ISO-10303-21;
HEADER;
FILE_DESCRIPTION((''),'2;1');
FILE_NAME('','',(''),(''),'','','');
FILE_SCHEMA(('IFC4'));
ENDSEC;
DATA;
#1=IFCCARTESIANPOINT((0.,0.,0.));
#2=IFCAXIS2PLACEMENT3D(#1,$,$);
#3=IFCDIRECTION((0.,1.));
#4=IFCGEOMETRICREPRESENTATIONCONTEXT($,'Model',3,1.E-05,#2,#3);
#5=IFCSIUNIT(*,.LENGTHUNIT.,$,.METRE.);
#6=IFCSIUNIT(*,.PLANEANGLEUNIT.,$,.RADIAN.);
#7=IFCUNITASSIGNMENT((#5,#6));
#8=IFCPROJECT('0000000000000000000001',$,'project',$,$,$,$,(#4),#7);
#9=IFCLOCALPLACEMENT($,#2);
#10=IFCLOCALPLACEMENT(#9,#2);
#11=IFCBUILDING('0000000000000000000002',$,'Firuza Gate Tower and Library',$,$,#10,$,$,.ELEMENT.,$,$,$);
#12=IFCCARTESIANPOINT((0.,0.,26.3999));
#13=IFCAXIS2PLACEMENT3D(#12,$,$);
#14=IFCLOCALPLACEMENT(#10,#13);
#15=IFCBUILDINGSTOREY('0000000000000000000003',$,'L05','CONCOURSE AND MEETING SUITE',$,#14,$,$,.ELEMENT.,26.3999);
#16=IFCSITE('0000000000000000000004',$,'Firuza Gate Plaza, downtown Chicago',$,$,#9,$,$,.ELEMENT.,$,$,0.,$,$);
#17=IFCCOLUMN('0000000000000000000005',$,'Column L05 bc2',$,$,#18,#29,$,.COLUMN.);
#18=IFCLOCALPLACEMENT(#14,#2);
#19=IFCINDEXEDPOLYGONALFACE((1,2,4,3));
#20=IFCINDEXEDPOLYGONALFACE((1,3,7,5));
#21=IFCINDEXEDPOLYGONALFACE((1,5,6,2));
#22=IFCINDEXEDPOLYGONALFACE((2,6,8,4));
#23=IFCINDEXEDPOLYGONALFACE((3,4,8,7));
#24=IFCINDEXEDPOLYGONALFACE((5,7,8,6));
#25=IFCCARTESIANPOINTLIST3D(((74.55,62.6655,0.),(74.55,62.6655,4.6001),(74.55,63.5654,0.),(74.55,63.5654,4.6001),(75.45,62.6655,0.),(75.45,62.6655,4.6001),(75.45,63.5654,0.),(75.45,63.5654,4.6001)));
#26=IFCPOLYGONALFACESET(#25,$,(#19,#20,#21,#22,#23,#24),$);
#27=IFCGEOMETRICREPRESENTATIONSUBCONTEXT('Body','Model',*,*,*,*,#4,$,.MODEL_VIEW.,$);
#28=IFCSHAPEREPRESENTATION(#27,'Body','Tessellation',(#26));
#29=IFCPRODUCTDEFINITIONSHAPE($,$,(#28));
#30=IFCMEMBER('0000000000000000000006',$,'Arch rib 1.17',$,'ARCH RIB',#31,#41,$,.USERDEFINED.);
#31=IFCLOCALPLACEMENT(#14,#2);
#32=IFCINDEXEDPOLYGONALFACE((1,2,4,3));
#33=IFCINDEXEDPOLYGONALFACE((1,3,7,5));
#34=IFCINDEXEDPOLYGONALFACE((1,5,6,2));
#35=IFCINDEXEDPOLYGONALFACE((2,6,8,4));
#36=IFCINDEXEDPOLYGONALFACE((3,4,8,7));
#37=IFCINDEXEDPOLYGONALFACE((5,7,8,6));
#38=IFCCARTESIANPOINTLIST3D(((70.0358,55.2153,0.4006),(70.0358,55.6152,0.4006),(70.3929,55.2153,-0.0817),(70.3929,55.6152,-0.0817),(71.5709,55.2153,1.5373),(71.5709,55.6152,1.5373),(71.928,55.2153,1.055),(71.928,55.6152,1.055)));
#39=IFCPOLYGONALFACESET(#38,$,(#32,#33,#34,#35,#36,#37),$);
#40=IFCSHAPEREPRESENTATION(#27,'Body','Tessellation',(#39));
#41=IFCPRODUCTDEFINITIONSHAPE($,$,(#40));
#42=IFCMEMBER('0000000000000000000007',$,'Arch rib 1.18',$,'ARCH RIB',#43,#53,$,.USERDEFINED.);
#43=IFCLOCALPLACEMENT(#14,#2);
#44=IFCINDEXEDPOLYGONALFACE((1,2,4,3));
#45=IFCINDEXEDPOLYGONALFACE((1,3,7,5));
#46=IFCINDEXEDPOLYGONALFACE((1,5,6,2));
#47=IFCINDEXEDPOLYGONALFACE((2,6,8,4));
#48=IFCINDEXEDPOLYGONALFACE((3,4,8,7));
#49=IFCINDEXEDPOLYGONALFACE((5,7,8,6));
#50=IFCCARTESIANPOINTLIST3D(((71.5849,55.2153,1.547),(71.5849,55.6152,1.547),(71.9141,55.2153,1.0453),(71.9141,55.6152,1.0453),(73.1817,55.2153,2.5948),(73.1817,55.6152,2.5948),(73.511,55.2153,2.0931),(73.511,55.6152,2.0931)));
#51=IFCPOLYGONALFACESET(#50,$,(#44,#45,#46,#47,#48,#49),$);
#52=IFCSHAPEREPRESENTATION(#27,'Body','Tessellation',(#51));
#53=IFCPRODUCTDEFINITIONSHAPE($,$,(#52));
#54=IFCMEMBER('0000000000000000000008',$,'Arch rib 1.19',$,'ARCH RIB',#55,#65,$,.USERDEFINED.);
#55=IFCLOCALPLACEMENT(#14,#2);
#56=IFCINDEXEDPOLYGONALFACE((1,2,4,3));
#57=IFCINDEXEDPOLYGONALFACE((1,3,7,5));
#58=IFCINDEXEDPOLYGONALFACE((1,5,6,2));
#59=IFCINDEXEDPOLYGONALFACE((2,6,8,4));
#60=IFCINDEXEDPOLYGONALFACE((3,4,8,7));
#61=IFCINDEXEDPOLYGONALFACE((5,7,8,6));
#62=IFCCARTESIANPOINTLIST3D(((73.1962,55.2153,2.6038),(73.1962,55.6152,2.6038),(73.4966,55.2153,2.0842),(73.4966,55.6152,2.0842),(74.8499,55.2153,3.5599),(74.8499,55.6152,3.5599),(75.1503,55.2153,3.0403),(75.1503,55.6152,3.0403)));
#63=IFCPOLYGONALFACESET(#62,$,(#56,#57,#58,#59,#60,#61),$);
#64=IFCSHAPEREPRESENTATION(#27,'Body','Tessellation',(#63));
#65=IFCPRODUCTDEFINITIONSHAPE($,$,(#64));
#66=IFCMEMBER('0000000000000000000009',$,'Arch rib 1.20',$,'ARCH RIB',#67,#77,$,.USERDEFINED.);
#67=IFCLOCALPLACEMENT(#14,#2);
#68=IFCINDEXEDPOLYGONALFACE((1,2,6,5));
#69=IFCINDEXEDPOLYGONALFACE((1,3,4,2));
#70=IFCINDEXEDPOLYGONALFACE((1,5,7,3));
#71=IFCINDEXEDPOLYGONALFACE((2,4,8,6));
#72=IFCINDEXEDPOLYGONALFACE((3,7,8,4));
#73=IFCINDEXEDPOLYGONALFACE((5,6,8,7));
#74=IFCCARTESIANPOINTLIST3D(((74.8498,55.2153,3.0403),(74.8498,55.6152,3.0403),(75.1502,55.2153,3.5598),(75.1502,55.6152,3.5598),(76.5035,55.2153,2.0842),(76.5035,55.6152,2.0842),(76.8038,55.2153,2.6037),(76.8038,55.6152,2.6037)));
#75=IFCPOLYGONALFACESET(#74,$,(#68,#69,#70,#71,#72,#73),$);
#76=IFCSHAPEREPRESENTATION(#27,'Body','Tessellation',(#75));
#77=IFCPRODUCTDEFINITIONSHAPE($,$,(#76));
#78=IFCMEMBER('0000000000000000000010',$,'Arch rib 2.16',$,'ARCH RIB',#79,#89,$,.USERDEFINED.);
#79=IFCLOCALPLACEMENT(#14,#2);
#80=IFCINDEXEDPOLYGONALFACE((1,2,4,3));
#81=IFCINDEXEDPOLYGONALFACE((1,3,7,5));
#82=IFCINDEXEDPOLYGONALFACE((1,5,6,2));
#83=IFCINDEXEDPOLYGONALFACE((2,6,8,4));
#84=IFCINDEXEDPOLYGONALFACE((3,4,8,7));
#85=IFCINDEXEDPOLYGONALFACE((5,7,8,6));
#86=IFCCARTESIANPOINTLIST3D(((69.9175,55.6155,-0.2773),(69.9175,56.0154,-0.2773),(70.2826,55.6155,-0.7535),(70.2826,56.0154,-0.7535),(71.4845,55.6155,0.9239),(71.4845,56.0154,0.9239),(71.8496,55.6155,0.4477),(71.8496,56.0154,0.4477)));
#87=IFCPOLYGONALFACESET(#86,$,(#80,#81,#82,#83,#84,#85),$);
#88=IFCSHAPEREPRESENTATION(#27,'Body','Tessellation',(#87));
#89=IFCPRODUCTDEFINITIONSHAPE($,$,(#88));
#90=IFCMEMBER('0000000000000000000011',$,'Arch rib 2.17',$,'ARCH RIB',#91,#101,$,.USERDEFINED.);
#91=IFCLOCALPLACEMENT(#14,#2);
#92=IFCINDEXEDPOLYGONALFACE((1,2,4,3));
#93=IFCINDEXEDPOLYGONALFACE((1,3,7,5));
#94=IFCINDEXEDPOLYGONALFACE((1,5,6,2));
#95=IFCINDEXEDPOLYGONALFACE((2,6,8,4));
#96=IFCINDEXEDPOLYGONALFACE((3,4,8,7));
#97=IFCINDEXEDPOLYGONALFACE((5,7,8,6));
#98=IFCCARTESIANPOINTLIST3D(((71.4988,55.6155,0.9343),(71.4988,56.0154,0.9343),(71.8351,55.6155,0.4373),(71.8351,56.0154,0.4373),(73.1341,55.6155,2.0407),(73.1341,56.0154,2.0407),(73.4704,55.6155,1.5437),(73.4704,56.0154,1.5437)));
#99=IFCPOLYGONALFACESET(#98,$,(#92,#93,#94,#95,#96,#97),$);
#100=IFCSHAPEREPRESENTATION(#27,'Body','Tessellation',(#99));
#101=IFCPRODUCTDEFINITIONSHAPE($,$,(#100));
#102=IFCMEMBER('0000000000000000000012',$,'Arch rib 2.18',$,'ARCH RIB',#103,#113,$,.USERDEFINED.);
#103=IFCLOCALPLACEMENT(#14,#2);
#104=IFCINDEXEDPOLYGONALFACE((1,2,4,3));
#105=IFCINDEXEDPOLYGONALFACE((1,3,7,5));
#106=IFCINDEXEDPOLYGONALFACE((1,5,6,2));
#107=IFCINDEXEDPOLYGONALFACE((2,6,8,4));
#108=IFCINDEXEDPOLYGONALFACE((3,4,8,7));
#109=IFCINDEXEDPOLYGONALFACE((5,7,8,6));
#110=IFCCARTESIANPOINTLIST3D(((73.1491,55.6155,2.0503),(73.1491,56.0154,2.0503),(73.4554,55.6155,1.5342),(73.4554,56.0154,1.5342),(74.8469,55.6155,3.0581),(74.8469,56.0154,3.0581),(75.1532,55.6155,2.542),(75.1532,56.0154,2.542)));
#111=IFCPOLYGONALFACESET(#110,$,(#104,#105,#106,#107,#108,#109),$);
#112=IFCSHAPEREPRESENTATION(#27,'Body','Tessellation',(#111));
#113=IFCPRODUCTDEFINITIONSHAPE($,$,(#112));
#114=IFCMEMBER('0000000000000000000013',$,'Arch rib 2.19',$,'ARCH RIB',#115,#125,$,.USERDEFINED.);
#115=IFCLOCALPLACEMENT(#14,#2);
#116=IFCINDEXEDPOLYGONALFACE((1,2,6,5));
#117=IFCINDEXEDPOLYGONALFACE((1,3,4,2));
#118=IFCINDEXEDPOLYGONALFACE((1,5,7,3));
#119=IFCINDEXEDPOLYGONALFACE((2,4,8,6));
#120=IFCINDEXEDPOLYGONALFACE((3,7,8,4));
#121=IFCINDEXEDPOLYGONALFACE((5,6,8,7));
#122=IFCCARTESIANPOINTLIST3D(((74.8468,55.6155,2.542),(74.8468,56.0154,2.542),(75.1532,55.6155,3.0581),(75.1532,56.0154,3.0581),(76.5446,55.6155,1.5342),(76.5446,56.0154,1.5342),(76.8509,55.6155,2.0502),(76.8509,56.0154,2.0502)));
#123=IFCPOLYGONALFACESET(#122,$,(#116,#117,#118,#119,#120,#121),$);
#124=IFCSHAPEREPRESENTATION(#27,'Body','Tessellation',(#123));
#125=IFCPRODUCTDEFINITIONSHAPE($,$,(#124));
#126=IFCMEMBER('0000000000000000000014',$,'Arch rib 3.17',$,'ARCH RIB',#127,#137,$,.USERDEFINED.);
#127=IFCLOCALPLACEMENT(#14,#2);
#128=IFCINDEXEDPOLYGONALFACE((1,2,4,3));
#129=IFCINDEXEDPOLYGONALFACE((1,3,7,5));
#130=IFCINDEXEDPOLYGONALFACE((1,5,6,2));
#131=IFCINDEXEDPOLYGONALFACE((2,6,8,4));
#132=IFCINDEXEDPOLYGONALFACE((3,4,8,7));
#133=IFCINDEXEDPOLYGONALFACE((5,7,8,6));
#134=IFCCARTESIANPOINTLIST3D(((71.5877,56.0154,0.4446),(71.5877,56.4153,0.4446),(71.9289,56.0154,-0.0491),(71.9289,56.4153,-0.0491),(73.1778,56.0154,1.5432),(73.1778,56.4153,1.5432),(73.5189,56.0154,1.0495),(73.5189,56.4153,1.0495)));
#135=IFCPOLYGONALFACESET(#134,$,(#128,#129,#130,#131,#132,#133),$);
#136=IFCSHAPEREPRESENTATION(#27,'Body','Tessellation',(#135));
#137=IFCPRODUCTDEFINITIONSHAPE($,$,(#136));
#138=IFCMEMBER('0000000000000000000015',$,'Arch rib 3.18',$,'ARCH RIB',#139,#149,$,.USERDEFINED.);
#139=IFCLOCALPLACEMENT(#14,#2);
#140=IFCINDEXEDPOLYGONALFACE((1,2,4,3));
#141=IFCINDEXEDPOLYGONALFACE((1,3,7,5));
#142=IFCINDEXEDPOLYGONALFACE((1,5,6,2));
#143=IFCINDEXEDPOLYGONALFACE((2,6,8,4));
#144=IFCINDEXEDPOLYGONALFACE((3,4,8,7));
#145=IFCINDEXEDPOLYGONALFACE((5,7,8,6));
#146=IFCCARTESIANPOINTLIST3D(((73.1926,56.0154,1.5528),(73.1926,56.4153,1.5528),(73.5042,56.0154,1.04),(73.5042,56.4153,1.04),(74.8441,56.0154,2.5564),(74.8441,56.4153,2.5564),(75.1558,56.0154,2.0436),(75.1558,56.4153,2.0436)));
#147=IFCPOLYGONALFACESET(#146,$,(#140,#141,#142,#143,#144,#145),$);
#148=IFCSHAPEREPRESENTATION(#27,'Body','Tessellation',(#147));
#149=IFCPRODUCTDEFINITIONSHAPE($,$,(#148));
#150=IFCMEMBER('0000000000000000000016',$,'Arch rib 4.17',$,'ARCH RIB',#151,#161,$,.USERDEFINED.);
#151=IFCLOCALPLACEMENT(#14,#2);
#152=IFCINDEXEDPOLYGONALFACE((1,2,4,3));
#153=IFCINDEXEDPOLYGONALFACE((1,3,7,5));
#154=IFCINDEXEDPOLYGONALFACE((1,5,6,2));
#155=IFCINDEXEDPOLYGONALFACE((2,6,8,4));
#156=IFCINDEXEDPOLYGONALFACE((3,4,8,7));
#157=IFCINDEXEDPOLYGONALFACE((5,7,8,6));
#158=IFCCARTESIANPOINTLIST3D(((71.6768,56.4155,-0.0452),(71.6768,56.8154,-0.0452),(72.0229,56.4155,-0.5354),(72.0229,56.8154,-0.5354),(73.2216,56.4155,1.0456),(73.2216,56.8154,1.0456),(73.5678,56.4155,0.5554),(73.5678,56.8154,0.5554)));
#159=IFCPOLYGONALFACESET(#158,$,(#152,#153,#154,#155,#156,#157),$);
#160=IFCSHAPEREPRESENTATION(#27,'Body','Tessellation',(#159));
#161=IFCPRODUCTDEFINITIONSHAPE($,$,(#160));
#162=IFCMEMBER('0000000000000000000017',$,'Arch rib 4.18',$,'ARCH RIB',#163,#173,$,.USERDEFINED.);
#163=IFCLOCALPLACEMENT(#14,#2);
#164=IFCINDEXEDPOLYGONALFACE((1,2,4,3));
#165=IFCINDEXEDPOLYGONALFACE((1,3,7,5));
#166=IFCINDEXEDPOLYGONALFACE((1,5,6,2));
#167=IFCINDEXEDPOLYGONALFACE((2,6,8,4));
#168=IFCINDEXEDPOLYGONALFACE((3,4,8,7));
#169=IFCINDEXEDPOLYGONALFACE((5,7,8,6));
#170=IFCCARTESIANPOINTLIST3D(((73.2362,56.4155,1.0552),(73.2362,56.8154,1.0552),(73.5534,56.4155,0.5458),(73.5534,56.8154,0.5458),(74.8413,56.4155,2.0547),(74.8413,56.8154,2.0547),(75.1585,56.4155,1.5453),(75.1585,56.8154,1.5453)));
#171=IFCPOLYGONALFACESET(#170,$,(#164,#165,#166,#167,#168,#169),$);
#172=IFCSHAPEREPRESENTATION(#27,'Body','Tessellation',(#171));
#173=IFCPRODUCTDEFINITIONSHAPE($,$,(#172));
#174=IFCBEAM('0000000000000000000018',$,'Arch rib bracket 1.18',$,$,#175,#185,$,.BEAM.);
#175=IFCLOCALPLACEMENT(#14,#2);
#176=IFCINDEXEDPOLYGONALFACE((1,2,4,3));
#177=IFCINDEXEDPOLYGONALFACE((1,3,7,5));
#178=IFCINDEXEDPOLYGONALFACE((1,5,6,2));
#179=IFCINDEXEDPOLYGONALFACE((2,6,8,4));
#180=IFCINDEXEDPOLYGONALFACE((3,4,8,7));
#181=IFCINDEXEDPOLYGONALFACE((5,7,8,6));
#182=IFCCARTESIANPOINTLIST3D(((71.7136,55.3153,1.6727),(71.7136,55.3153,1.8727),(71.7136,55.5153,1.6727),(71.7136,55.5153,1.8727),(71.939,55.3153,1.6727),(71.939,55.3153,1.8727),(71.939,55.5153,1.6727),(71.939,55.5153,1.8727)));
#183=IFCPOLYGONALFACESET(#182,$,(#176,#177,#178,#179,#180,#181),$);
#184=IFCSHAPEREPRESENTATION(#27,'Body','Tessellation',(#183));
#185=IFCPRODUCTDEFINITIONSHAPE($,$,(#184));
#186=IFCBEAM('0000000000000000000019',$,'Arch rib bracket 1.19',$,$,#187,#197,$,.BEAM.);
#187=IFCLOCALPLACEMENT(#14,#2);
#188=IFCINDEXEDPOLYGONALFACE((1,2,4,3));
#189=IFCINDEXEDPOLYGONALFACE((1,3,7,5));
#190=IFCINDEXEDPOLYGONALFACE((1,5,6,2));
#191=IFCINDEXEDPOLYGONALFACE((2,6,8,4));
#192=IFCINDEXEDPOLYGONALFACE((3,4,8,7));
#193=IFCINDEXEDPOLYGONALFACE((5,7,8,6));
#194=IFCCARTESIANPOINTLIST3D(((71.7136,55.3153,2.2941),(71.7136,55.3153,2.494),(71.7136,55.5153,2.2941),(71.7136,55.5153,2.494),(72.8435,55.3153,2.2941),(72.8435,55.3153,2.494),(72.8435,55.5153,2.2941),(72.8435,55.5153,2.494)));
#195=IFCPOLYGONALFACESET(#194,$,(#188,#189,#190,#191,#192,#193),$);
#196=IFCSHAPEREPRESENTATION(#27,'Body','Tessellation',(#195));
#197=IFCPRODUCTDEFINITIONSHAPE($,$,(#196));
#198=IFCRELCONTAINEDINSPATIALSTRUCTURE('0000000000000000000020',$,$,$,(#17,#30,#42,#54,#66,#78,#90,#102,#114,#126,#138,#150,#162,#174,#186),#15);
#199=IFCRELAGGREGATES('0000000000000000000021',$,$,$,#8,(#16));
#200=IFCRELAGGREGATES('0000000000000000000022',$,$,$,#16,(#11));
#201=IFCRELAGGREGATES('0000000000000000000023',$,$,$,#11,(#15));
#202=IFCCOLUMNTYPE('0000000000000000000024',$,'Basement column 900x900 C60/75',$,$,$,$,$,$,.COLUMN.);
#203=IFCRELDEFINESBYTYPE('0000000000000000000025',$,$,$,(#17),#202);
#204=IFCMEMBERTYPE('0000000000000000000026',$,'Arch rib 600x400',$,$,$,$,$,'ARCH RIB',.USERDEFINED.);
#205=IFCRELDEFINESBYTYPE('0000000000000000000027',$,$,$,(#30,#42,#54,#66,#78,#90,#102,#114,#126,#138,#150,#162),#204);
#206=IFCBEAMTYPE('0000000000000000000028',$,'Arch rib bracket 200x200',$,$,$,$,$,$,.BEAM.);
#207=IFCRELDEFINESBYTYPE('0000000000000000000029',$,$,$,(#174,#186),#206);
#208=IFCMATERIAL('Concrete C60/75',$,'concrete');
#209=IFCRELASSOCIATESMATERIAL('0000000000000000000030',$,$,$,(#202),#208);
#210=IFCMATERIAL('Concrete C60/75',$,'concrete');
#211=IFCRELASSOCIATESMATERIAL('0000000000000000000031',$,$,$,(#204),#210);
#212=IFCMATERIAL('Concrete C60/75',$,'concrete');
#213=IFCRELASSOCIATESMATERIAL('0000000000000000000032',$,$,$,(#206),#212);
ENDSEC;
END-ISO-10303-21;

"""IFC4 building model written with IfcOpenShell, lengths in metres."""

from ifc_helpers import new_model, si_unit, direction, frame, origin, origin_2d, place, context, subcontext, project, spatial, rectangle, extrude, material, material_profile, profile_set, type_object, element, save


model = new_model("IFC4")

# Units and contexts
model_context = context("Model", 3, precision=1e-05, world=origin(), true_north=direction((0.0, 1.0)))
body_context = subcontext(model_context, "Body", "Model", "MODEL_VIEW")
ifc_project = project(units=[si_unit("LENGTHUNIT", "METRE"), si_unit("PLANEANGLEUNIT", "RADIAN")], contexts=[model_context])

# Site, building, storey
site_placement = place(None, origin())
site = spatial("IfcSite", under=ifc_project, at=site_placement, Name="Firuza Gate Plaza, downtown Chicago", CompositionType="ELEMENT", RefElevation=0.0)
building_placement = place(site_placement, origin())
building = spatial("IfcBuilding", under=site, at=building_placement, Name="Firuza Gate Tower and Library", CompositionType="ELEMENT")
storey_placement = place(building_placement, frame((0.0, 0.0, 26.3999)))
storey = spatial("IfcBuildingStorey", under=building, at=storey_placement, Name="L05", Description="CONCOURSE AND MEETING SUITE", CompositionType="ELEMENT", Elevation=26.3999)

# Column
ifc_material_1 = material(Name="Concrete C60/75", Category="concrete")
ifc_material_profile_1 = material_profile(ifc_material_1, rectangle(XDim=0.8999, YDim=0.8999, at=origin_2d()))
ifc_profile_set_1 = profile_set([ifc_material_profile_1], Name="Concrete C60/75")
column_type = type_object("IfcColumnType", Name="Basement column 900x900 C60/75", PredefinedType="COLUMN", material=ifc_profile_set_1)
column_placement = place(storey_placement, frame((75.0, 63.1155, 0.0), z_axis=(0.0, 0.0, 1.0), x_axis=(1.0, 0.0, 0.0)))
element("IfcColumn", 1, at=column_placement, inside=storey, type_object=column_type, Name="Column L05 bc2", PredefinedType="COLUMN", context=body_context, shape_type="SweptSolid", body=[
    extrude(rectangle(XDim=0.8999, YDim=0.8999, at=origin_2d()), origin(), (0.0, 0.0, 1.0), 4.6001),
])

# Members
ifc_material_2 = material(Name="Concrete C60/75", Category="concrete")
ifc_material_profile_2 = material_profile(ifc_material_2, rectangle(XDim=0.3999, YDim=0.6001, at=origin_2d()))
ifc_profile_set_2 = profile_set([ifc_material_profile_2], Name="Concrete C60/75")
member_type_1 = type_object("IfcMemberType", Name="Arch rib 600x400", ElementType="ARCH RIB", PredefinedType="USERDEFINED", material=ifc_profile_set_2)
member_1_placement = place(storey_placement, frame((70.2144, 55.4153, 0.1594), z_axis=(0.803666, 0.0, 0.595081), x_axis=(0.0, 1.0, 0.0)))
element("IfcMember", 2, at=member_1_placement, inside=storey, type_object=member_type_1, Name="Arch rib 1.17", ObjectType="ARCH RIB", PredefinedType="USERDEFINED", context=body_context, shape_type="SweptSolid", body=[
    extrude(rectangle(XDim=0.3999, YDim=0.6001, at=origin_2d()), origin(), (0.0, 0.0, 1.0), 1.9102),
])
member_2_placement = place(storey_placement, frame((71.7495, 55.4153, 1.2961), z_axis=(0.836079, 0.0, 0.548609), x_axis=(0.0, 1.0, 0.0)))
element("IfcMember", 3, at=member_2_placement, inside=storey, type_object=member_type_1, Name="Arch rib 1.18", ObjectType="ARCH RIB", PredefinedType="USERDEFINED", context=body_context, shape_type="SweptSolid", body=[
    extrude(rectangle(XDim=0.3999, YDim=0.6001, at=origin_2d()), origin(), (0.0, 0.0, 1.0), 1.9099),
])
for number, where, z_axis, x_axis, name in (
    (4, (73.3464, 55.4153, 2.344), (0.865715, 0.0, 0.500537), (0.0, 1.0, 0.0), "Arch rib 1.19"),
    (5, (75.0, 55.4153, 3.3), (0.865715, 0.0, -0.500537), (0.0, 1.0, 0.0), "Arch rib 1.20"),
):
    element("IfcMember", number, at=place(storey_placement, frame(where, z_axis=z_axis, x_axis=x_axis)), inside=storey, type_object=member_type_1, Name=name, ObjectType="ARCH RIB", PredefinedType="USERDEFINED", context=body_context, shape_type="SweptSolid", body=[
        extrude(rectangle(XDim=0.3999, YDim=0.6001, at=origin_2d()), origin(), (0.0, 0.0, 1.0), 1.9102),
    ])
for number, where, z_axis, x_axis, name in (
    (6, (70.1001, 55.8154, -0.5154), (0.793634, 0.0, 0.608395), (0.0, 1.0, 0.0), "Arch rib 2.16"),
    (7, (71.667, 55.8154, 0.6858), (0.828226, 0.0, 0.560394), (0.0, 1.0, 0.0), "Arch rib 2.17"),
    (8, (73.3022, 55.8154, 1.7922), (0.859906, 0.0, 0.510453), (0.0, 1.0, 0.0), "Arch rib 2.18"),
    (9, (75.0, 55.8154, 2.8), (0.859906, 0.0, -0.510453), (0.0, 1.0, 0.0), "Arch rib 2.19"),
):
    element("IfcMember", number, at=place(storey_placement, frame(where, z_axis=z_axis, x_axis=x_axis)), inside=storey, type_object=member_type_1, Name=name, ObjectType="ARCH RIB", PredefinedType="USERDEFINED", context=body_context, shape_type="SweptSolid", body=[
        extrude(rectangle(XDim=0.3999, YDim=0.6001, at=origin_2d()), origin(), (0.0, 0.0, 1.0), 1.9744),
    ])
for number, where, z_axis, x_axis, name in (
    (10, (71.7583, 56.2153, 0.1978), (0.822724, 0.0, 0.568441), (0.0, 1.0, 0.0), "Arch rib 3.17"),
    (11, (73.3484, 56.2153, 1.2964), (0.854581, 0.0, 0.519318), (0.0, 1.0, 0.0), "Arch rib 3.18"),
):
    element("IfcMember", number, at=place(storey_placement, frame(where, z_axis=z_axis, x_axis=x_axis)), inside=storey, type_object=member_type_1, Name=name, ObjectType="ARCH RIB", PredefinedType="USERDEFINED", context=body_context, shape_type="SweptSolid", body=[
        extrude(rectangle(XDim=0.3999, YDim=0.6001, at=origin_2d()), origin(), (0.0, 0.0, 1.0), 1.9326),
    ])
member_3_placement = place(storey_placement, frame((71.8499, 56.6155, -0.2903), z_axis=(0.816896, 0.0, 0.576785), x_axis=(0.0, 1.0, 0.0)))
element("IfcMember", 12, at=member_3_placement, inside=storey, type_object=member_type_1, Name="Arch rib 4.17", ObjectType="ARCH RIB", PredefinedType="USERDEFINED", context=body_context, shape_type="SweptSolid", body=[
    extrude(rectangle(XDim=0.3999, YDim=0.6001, at=origin_2d()), origin(), (0.0, 0.0, 1.0), 1.8911),
])
member_4_placement = place(storey_placement, frame((73.3948, 56.6155, 0.8005), z_axis=(0.848889, 0.0, 0.528571), x_axis=(0.0, 1.0, 0.0)))
element("IfcMember", 13, at=member_4_placement, inside=storey, type_object=member_type_1, Name="Arch rib 4.18", ObjectType="ARCH RIB", PredefinedType="USERDEFINED", context=body_context, shape_type="SweptSolid", body=[
    extrude(rectangle(XDim=0.3999, YDim=0.6001, at=origin_2d()), origin(), (0.0, 0.0, 1.0), 1.8909),
])

# Beams
ifc_material_3 = material(Name="Concrete C60/75", Category="concrete")
ifc_material_profile_3 = material_profile(ifc_material_3, rectangle(XDim=0.2, YDim=0.2, at=origin_2d()))
ifc_profile_set_3 = profile_set([ifc_material_profile_3], Name="Concrete C60/75")
beam_type_1 = type_object("IfcBeamType", Name="Arch rib bracket 200x200", PredefinedType="BEAM", material=ifc_profile_set_3)
beam_1_placement = place(storey_placement, frame((71.7136, 55.4153, 1.7727), z_axis=(1.0, 0.0, 0.0), x_axis=(0.0, 1.0, 0.0)))
element("IfcBeam", 14, at=beam_1_placement, inside=storey, type_object=beam_type_1, Name="Arch rib bracket 1.18", PredefinedType="BEAM", context=body_context, shape_type="SweptSolid", body=[
    extrude(rectangle(XDim=0.2, YDim=0.2, at=origin_2d()), origin(), (0.0, 0.0, 1.0), 0.2253),
])
beam_2_placement = place(storey_placement, frame((71.7136, 55.4153, 2.394), z_axis=(1.0, 0.0, 0.0), x_axis=(0.0, 1.0, 0.0)))
element("IfcBeam", 15, at=beam_2_placement, inside=storey, type_object=beam_type_1, Name="Arch rib bracket 1.19", PredefinedType="BEAM", context=body_context, shape_type="SweptSolid", body=[
    extrude(rectangle(XDim=0.2, YDim=0.2, at=origin_2d()), origin(), (0.0, 0.0, 1.0), 1.1299),
])

save(model, "model.ifc")
